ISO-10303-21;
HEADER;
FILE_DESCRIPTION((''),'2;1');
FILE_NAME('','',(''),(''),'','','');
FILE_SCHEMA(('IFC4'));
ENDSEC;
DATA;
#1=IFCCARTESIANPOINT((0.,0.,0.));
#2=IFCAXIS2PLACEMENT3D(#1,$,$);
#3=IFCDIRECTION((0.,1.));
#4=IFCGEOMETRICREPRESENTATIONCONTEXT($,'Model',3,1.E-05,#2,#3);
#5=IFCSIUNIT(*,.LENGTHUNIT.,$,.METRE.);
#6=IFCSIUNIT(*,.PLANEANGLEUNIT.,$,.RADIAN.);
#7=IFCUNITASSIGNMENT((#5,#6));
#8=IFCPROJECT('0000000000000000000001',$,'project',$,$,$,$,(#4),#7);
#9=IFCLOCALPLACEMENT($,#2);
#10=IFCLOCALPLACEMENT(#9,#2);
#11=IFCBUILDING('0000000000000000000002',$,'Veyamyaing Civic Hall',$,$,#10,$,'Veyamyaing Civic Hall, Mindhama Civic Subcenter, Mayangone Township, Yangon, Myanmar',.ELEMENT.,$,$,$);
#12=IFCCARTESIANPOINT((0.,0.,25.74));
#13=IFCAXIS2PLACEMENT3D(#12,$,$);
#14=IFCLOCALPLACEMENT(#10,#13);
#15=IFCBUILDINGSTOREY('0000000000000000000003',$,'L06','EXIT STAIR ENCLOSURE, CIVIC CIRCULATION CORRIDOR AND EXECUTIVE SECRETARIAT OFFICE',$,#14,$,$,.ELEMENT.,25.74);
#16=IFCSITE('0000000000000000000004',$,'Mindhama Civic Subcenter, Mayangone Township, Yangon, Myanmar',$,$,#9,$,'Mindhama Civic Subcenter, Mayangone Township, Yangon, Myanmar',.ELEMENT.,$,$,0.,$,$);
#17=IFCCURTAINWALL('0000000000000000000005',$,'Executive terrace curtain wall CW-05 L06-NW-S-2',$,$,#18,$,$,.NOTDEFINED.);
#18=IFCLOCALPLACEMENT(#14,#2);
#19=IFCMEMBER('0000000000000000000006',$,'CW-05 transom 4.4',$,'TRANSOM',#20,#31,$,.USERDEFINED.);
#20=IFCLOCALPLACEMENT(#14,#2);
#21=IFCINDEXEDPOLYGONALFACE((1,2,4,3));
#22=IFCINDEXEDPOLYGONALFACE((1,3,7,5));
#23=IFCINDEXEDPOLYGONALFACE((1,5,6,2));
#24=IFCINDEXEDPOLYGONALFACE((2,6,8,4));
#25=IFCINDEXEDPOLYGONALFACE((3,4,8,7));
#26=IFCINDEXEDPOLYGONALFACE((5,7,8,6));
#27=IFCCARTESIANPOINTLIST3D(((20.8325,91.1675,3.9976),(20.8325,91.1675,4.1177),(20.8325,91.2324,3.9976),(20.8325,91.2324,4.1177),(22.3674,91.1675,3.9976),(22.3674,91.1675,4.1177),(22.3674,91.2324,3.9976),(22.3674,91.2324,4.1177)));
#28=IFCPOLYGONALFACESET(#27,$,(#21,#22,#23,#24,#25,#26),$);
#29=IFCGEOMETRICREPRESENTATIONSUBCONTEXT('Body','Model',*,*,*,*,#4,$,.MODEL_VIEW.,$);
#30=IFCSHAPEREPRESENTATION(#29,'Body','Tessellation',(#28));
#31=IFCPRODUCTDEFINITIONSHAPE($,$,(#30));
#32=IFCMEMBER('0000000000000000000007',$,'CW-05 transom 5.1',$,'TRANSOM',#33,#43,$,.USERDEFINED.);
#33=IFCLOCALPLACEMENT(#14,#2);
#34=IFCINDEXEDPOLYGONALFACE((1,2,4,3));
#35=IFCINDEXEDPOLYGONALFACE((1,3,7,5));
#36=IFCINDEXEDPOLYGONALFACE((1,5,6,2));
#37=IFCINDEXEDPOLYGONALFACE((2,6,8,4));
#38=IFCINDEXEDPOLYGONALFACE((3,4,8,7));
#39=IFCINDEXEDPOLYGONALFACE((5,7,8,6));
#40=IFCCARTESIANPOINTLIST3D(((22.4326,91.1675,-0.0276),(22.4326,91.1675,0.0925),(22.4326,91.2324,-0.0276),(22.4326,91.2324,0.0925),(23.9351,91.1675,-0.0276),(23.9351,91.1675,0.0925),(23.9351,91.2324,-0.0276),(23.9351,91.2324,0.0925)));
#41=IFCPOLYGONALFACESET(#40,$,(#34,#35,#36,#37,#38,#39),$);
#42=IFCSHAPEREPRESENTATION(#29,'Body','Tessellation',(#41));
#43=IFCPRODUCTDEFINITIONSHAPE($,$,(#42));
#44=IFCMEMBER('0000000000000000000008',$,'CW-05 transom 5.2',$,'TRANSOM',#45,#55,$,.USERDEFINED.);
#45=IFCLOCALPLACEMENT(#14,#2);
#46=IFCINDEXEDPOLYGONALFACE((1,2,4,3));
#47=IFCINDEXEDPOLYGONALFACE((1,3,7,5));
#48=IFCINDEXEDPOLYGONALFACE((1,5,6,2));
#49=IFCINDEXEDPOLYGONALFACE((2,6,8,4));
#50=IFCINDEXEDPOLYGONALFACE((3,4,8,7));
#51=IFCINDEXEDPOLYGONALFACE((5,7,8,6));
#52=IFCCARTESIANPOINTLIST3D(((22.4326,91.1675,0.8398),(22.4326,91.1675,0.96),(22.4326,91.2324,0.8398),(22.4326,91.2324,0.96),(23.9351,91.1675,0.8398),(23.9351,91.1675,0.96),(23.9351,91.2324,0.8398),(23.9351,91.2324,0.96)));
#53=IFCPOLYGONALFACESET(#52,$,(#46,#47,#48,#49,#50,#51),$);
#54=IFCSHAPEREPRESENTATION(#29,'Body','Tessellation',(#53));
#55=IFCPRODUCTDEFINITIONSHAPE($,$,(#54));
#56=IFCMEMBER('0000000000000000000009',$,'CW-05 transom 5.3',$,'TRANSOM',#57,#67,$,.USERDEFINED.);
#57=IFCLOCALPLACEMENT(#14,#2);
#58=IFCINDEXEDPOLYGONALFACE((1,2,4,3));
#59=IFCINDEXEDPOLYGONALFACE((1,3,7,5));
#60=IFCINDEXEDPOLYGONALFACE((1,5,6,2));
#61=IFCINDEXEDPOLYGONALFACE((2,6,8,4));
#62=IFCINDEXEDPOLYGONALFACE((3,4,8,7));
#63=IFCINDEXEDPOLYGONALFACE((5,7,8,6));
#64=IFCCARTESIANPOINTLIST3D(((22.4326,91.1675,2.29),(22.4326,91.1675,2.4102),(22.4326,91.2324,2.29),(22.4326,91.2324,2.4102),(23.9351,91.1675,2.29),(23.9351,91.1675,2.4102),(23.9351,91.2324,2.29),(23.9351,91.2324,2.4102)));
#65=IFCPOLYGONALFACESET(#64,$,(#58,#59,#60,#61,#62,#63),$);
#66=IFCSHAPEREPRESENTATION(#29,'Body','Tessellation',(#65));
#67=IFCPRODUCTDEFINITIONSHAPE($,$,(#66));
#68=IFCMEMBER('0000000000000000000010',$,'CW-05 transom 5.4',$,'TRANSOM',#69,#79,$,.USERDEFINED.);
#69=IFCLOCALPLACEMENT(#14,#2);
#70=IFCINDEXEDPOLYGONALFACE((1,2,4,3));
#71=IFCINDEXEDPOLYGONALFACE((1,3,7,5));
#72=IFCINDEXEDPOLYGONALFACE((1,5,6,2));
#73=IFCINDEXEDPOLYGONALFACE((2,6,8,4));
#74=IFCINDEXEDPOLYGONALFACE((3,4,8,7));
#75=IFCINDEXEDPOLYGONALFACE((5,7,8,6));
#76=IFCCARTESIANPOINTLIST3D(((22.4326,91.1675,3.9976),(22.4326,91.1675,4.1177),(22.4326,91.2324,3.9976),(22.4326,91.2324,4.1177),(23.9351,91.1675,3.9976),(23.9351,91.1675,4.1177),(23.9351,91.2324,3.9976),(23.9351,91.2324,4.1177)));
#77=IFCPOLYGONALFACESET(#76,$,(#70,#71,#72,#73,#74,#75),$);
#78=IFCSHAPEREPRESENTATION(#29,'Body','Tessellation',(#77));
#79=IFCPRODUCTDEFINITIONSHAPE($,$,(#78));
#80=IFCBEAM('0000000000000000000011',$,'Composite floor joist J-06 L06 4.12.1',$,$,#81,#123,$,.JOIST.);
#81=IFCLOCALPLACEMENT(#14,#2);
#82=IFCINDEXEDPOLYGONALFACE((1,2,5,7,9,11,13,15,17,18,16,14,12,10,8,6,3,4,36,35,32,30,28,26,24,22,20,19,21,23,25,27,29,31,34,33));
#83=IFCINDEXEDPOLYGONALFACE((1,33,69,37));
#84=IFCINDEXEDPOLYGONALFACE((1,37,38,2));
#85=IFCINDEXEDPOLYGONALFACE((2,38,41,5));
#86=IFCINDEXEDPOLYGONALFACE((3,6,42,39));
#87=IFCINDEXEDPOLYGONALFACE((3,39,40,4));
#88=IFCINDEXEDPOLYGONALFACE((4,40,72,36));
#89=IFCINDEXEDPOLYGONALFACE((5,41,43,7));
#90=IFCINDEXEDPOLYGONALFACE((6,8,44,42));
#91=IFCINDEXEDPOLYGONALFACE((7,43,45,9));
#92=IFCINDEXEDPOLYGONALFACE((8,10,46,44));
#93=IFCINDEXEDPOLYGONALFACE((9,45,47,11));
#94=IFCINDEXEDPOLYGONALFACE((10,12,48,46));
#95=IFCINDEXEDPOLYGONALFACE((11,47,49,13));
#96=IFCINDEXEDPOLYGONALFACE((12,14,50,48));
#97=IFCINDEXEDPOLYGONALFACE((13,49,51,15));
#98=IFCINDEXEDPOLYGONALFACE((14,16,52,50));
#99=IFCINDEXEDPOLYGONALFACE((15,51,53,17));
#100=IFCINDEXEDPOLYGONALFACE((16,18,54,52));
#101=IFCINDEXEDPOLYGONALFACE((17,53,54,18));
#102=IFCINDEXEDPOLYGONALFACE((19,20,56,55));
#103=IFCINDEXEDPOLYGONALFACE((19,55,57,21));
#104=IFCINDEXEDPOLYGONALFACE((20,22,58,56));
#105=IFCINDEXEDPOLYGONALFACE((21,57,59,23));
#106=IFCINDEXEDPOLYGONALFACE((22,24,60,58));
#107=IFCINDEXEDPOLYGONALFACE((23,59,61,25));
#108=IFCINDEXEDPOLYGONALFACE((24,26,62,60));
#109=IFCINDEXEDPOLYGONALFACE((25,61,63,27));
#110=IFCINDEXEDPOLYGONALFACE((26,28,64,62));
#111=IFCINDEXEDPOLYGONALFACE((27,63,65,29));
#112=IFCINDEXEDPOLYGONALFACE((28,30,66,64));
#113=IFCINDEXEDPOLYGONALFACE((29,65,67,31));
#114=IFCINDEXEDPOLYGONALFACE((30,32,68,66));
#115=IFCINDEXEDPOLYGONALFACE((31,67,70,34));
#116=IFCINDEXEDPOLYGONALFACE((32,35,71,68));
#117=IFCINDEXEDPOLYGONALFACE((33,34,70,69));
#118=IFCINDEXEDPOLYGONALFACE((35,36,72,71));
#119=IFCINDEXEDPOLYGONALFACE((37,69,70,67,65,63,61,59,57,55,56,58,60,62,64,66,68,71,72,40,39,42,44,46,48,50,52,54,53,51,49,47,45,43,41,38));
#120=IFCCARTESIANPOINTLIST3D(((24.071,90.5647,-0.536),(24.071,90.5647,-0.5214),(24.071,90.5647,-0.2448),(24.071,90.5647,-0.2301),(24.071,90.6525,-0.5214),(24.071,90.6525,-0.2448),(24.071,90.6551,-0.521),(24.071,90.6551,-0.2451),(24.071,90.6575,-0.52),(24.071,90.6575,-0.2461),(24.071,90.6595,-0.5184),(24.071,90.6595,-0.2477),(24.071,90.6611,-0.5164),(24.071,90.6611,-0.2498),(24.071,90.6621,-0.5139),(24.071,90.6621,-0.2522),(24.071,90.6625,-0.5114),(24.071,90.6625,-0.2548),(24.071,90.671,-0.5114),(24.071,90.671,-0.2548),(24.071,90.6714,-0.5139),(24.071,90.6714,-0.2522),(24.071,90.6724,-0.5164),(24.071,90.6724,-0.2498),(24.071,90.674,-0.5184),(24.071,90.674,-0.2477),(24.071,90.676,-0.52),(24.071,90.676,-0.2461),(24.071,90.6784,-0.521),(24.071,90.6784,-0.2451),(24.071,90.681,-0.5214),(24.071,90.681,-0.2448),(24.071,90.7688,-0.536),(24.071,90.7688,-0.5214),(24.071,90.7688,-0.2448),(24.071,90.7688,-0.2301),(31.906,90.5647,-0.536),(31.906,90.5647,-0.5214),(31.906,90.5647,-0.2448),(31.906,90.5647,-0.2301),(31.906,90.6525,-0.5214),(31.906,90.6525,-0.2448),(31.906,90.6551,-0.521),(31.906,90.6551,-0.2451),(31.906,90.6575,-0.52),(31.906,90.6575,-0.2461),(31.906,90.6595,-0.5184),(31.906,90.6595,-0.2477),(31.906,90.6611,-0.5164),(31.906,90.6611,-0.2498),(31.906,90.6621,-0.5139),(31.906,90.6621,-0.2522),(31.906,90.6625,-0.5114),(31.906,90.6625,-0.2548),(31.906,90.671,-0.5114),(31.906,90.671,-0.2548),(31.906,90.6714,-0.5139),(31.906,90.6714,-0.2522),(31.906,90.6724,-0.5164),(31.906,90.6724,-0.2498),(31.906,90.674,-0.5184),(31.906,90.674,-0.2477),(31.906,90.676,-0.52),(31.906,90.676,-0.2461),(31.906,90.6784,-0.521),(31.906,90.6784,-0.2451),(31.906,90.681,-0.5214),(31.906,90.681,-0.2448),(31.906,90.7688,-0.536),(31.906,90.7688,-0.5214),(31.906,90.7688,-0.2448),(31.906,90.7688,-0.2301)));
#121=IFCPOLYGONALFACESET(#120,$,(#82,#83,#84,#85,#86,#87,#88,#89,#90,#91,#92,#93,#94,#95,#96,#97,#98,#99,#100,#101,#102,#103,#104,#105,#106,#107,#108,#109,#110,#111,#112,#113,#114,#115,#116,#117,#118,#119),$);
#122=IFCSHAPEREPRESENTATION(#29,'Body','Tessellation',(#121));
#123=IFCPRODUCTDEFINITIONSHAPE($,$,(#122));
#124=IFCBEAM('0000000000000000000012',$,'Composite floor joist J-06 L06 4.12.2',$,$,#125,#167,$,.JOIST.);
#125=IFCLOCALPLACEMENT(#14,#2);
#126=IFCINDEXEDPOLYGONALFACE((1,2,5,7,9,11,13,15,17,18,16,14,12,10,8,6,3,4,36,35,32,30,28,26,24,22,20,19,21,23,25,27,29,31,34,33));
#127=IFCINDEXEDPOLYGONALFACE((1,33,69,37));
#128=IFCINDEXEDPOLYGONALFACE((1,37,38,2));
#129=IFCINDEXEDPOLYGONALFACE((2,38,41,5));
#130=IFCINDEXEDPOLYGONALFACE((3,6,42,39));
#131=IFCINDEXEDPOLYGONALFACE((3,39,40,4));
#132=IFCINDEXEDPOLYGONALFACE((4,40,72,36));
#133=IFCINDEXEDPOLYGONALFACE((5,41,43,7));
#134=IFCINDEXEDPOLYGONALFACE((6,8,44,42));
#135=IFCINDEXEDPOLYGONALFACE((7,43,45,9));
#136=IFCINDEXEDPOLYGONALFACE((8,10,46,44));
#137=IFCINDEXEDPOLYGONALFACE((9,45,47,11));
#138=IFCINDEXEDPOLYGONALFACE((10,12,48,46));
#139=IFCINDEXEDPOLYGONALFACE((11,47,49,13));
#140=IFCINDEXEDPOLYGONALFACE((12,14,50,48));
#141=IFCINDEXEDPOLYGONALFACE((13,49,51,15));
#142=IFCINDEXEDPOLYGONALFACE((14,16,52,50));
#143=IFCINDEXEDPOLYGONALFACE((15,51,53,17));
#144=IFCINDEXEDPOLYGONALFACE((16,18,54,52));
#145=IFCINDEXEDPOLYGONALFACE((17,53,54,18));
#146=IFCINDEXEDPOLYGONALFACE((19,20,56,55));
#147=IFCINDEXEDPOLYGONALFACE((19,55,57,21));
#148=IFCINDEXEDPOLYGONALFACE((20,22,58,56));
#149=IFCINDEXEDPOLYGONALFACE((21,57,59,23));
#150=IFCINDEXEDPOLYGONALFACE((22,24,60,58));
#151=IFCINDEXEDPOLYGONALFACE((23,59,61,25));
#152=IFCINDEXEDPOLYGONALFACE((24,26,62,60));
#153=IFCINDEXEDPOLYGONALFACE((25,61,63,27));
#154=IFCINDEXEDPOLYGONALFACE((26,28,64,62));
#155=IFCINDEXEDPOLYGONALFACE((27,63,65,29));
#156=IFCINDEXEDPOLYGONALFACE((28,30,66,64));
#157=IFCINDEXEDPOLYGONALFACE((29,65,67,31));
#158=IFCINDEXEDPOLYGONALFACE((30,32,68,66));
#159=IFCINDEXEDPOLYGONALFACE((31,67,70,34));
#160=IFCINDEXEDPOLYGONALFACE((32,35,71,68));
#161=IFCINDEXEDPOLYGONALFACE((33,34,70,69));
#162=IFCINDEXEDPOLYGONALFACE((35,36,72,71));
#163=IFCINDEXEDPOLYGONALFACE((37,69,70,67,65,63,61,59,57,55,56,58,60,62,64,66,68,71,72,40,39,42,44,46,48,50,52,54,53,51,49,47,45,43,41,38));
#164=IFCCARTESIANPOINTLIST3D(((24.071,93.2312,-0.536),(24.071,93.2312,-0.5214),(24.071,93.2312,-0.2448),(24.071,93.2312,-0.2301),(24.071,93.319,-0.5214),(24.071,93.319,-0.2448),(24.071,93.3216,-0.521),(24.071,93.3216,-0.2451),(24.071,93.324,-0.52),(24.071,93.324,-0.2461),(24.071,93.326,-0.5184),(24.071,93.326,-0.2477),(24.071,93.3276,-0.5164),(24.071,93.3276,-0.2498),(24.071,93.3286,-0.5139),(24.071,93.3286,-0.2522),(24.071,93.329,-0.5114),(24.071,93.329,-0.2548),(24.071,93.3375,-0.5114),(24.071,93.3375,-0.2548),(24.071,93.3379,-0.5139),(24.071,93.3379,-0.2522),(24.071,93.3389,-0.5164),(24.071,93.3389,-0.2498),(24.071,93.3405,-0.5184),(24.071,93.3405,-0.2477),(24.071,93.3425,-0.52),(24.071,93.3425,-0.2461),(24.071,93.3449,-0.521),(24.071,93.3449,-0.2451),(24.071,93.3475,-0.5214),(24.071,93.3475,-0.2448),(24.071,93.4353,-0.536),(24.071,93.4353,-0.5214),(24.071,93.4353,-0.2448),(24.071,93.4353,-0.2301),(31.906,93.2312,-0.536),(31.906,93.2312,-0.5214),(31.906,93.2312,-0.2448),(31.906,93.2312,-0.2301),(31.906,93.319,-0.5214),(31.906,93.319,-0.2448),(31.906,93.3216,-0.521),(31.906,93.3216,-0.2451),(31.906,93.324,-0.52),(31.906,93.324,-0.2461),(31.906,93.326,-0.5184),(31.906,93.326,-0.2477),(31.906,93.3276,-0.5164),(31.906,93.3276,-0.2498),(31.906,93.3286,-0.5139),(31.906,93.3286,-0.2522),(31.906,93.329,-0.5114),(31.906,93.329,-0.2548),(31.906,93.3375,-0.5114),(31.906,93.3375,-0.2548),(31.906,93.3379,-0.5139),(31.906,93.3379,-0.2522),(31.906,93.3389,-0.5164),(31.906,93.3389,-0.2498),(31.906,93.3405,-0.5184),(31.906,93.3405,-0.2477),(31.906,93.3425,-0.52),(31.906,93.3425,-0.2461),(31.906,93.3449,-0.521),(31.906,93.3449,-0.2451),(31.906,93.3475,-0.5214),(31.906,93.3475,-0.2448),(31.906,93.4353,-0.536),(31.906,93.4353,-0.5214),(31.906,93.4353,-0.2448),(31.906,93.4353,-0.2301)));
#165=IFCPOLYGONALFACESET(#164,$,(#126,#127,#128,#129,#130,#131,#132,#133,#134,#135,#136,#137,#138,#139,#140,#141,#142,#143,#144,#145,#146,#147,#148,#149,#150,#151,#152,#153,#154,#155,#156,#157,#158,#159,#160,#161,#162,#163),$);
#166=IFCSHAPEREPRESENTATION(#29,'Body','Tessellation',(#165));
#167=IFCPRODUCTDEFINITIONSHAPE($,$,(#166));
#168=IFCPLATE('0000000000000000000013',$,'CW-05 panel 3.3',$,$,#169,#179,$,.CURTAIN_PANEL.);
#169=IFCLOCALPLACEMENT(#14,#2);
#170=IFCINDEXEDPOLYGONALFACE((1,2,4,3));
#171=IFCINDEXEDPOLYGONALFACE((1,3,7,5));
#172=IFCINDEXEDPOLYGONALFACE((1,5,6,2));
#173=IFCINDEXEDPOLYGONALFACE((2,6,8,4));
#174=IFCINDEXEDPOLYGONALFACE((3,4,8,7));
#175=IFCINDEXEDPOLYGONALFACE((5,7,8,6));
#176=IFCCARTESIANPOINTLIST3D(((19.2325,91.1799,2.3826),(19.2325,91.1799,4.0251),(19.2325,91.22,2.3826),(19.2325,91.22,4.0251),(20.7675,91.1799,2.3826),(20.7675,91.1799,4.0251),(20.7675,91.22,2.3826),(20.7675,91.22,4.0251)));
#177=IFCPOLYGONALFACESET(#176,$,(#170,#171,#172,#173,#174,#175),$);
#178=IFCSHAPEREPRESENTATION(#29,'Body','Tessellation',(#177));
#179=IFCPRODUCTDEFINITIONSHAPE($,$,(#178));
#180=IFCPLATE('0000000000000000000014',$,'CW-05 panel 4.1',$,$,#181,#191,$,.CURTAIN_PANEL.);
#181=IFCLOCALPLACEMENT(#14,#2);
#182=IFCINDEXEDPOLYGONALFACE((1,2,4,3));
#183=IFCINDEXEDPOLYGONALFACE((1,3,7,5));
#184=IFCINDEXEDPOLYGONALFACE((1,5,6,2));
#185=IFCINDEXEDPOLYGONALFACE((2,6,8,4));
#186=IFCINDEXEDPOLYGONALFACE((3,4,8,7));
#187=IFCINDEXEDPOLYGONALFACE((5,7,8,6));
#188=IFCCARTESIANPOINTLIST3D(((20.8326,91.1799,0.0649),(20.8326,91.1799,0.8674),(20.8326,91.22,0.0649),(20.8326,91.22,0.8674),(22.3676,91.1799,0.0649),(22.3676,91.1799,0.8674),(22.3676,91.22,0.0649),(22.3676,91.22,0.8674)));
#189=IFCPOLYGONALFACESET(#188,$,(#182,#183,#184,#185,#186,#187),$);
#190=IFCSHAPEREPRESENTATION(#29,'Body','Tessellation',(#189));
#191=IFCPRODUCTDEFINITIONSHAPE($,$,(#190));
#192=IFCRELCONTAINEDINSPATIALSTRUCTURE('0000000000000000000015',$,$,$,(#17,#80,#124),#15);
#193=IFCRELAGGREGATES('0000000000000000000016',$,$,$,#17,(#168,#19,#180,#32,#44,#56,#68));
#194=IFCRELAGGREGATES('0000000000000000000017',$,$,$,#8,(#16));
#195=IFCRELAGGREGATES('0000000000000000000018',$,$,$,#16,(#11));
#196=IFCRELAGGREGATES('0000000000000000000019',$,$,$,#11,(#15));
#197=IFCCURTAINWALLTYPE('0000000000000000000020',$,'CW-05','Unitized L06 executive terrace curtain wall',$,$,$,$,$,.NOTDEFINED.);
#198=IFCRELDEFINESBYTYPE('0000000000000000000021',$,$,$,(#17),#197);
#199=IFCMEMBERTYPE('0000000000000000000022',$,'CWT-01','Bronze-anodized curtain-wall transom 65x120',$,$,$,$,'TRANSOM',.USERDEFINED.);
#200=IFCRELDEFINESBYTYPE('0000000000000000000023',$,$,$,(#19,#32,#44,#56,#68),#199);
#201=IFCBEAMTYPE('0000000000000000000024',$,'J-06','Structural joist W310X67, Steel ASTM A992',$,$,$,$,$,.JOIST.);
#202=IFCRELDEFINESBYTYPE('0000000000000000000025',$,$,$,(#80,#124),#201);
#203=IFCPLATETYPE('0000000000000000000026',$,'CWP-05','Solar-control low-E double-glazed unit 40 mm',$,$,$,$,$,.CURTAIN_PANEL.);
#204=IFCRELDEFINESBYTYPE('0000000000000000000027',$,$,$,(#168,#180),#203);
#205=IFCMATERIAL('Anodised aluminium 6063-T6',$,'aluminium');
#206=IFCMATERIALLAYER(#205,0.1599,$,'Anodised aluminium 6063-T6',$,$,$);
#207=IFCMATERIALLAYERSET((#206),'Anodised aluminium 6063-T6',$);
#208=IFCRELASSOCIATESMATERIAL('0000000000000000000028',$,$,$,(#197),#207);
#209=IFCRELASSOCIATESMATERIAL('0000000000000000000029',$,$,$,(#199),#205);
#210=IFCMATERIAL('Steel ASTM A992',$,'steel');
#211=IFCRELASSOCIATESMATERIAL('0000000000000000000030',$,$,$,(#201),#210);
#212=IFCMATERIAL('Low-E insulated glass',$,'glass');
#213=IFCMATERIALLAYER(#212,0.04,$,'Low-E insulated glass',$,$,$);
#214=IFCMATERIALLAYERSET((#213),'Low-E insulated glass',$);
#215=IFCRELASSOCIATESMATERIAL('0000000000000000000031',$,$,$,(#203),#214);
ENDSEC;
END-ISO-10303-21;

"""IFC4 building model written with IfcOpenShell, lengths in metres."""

from ifc_helpers import new_model, si_unit, direction, frame, origin, origin_2d, place, context, subcontext, project, spatial, rectangle, i_section, extrude, material, layer, layer_set, material_profile, profile_set, type_object, element, aggregate, save


model = new_model("IFC4")

# Units and contexts
model_context = context("Model", 3, precision=1e-05, world=origin(), true_north=direction((0.0, 1.0)))
body_context = subcontext(model_context, "Body", "Model", "MODEL_VIEW")
ifc_project = project(units=[si_unit("LENGTHUNIT", "METRE"), si_unit("PLANEANGLEUNIT", "RADIAN")], contexts=[model_context])

# Site, building, storey
site_placement = place(None, origin())
site = spatial("IfcSite", under=ifc_project, at=site_placement, Name="Mindhama Civic Subcenter, Mayangone Township, Yangon, Myanmar", LongName="Mindhama Civic Subcenter, Mayangone Township, Yangon, Myanmar", CompositionType="ELEMENT", RefElevation=0.0)
building_placement = place(site_placement, origin())
building = spatial("IfcBuilding", under=site, at=building_placement, Name="Veyamyaing Civic Hall", LongName="Veyamyaing Civic Hall, Mindhama Civic Subcenter, Mayangone Township, Yangon, Myanmar", CompositionType="ELEMENT")
storey_placement = place(building_placement, frame((0.0, 0.0, 25.74)))
storey = spatial("IfcBuildingStorey", under=building, at=storey_placement, Name="L06", Description="EXIT STAIR ENCLOSURE, CIVIC CIRCULATION CORRIDOR AND EXECUTIVE SECRETARIAT OFFICE", CompositionType="ELEMENT", Elevation=25.74)

# Shared definitions
ifc_material_1 = material(Name="Steel ASTM A992", Category="steel")

# Curtain wall, members
ifc_material_2 = material(Name="Anodised aluminium 6063-T6", Category="aluminium")
ifc_layer_1 = layer(ifc_material_2, 0.1599, Name="Anodised aluminium 6063-T6")
ifc_layer_set_1 = layer_set([ifc_layer_1], Name="Anodised aluminium 6063-T6")
curtain_wall_type = type_object("IfcCurtainWallType", Name="CW-05", Description="Unitized L06 executive terrace curtain wall", PredefinedType="NOTDEFINED", material=ifc_layer_set_1)
curtain_wall_placement = place(storey_placement, origin())
curtain_wall = element("IfcCurtainWall", 1, at=curtain_wall_placement, inside=storey, type_object=curtain_wall_type, Name="Executive terrace curtain wall CW-05 L06-NW-S-2", PredefinedType="NOTDEFINED")
ifc_material_profile_1 = material_profile(ifc_material_2, rectangle(XDim=0.0649, YDim=0.1201, at=origin_2d()), Name="ALU-TRN-65X120")
ifc_profile_set_1 = profile_set([ifc_material_profile_1], Name="Anodised aluminium 6063-T6")
member_type_1 = type_object("IfcMemberType", Name="CWT-01", Description="Bronze-anodized curtain-wall transom 65x120", ElementType="TRANSOM", PredefinedType="USERDEFINED", material=ifc_profile_set_1)
member_1_placement = place(storey_placement, frame((20.8325, 91.2, 4.0576), z_axis=(1.0, 0.0, 0.0), x_axis=(0.0, 1.0, 0.0)))
member_1 = element("IfcMember", 2, at=member_1_placement, type_object=member_type_1, Name="CW-05 transom 4.4", ObjectType="TRANSOM", PredefinedType="USERDEFINED", context=body_context, shape_type="SweptSolid", body=[
    extrude(rectangle(XDim=0.0649, YDim=0.1201, at=origin_2d()), origin(), (0.0, 0.0, 1.0), 1.5349),
])
member_2_placement = place(storey_placement, frame((22.4326, 91.2, 0.0325), z_axis=(1.0, 0.0, 0.0), x_axis=(0.0, 1.0, 0.0)))
member_2 = element("IfcMember", 3, at=member_2_placement, type_object=member_type_1, Name="CW-05 transom 5.1", ObjectType="TRANSOM", PredefinedType="USERDEFINED", context=body_context, shape_type="SweptSolid", body=[
    extrude(rectangle(XDim=0.0649, YDim=0.1201, at=origin_2d()), origin(), (0.0, 0.0, 1.0), 1.5024),
])
member_3_placement = place(storey_placement, frame((22.4326, 91.2, 0.8999), z_axis=(1.0, 0.0, 0.0), x_axis=(0.0, 1.0, 0.0)))
member_3 = element("IfcMember", 4, at=member_3_placement, type_object=member_type_1, Name="CW-05 transom 5.2", ObjectType="TRANSOM", PredefinedType="USERDEFINED", context=body_context, shape_type="SweptSolid", body=[
    extrude(rectangle(XDim=0.0649, YDim=0.1201, at=origin_2d()), origin(), (0.0, 0.0, 1.0), 1.5024),
])
member_4_placement = place(storey_placement, frame((22.4326, 91.2, 2.3501), z_axis=(1.0, 0.0, 0.0), x_axis=(0.0, 1.0, 0.0)))
member_4 = element("IfcMember", 5, at=member_4_placement, type_object=member_type_1, Name="CW-05 transom 5.3", ObjectType="TRANSOM", PredefinedType="USERDEFINED", context=body_context, shape_type="SweptSolid", body=[
    extrude(rectangle(XDim=0.0649, YDim=0.1201, at=origin_2d()), origin(), (0.0, 0.0, 1.0), 1.5024),
])
member_5_placement = place(storey_placement, frame((22.4326, 91.2, 4.0576), z_axis=(1.0, 0.0, 0.0), x_axis=(0.0, 1.0, 0.0)))
member_5 = element("IfcMember", 6, at=member_5_placement, type_object=member_type_1, Name="CW-05 transom 5.4", ObjectType="TRANSOM", PredefinedType="USERDEFINED", context=body_context, shape_type="SweptSolid", body=[
    extrude(rectangle(XDim=0.0649, YDim=0.1201, at=origin_2d()), origin(), (0.0, 0.0, 1.0), 1.5024),
])

# Beams
ifc_material_profile_2 = material_profile(ifc_material_1, i_section(OverallWidth=0.2041, OverallDepth=0.3059, WebThickness=0.0085, FlangeThickness=0.0146, FilletRadius=0.01, at=origin_2d()), Name="W310X67")
ifc_profile_set_2 = profile_set([ifc_material_profile_2], Name="Steel ASTM A992")
beam_type_1 = type_object("IfcBeamType", Name="J-06", Description="Structural joist W310X67, Steel ASTM A992", PredefinedType="JOIST", material=ifc_profile_set_2)
for number, where, z_axis, x_axis, name in (
    (7, (24.071, 90.6667, -0.3831), (1.0, 0.0, 0.0), (0.0, 1.0, 0.0), "Composite floor joist J-06 L06 4.12.1"),
    (8, (24.071, 93.3333, -0.3831), (1.0, 0.0, 0.0), (0.0, 1.0, 0.0), "Composite floor joist J-06 L06 4.12.2"),
):
    element("IfcBeam", number, at=place(storey_placement, frame(where, z_axis=z_axis, x_axis=x_axis)), inside=storey, type_object=beam_type_1, Name=name, PredefinedType="JOIST", context=body_context, shape_type="SweptSolid", body=[
        extrude(i_section(OverallWidth=0.2041, OverallDepth=0.3059, WebThickness=0.0085, FlangeThickness=0.0146, FilletRadius=0.01, at=origin_2d()), origin(), (0.0, 0.0, 1.0), 7.835),
    ])

# Plates
ifc_material_3 = material(Name="Low-E insulated glass", Category="glass")
ifc_layer_2 = layer(ifc_material_3, 0.04, Name="Low-E insulated glass")
ifc_layer_set_2 = layer_set([ifc_layer_2], Name="Low-E insulated glass")
plate_type = type_object("IfcPlateType", Name="CWP-05", Description="Solar-control low-E double-glazed unit 40 mm", PredefinedType="CURTAIN_PANEL", material=ifc_layer_set_2)
plate_1_placement = place(storey_placement, frame((20.0, 91.2, 2.3826), z_axis=(0.0, 0.0, 1.0), x_axis=(1.0, 0.0, 0.0)))
plate_1 = element("IfcPlate", 9, at=plate_1_placement, type_object=plate_type, Name="CW-05 panel 3.3", PredefinedType="CURTAIN_PANEL", context=body_context, shape_type="SweptSolid", body=[
    extrude(rectangle(XDim=1.5349, YDim=0.04, at=origin_2d()), origin(), (0.0, 0.0, 1.0), 1.6426),
])
plate_2_placement = place(storey_placement, frame((21.6001, 91.2, 0.0649), z_axis=(0.0, 0.0, 1.0), x_axis=(1.0, 0.0, 0.0)))
plate_2 = element("IfcPlate", 10, at=plate_2_placement, type_object=plate_type, Name="CW-05 panel 4.1", PredefinedType="CURTAIN_PANEL", context=body_context, shape_type="SweptSolid", body=[
    extrude(rectangle(XDim=1.5349, YDim=0.04, at=origin_2d()), origin(), (0.0, 0.0, 1.0), 0.8025),
])
aggregate(curtain_wall, [plate_1, member_1, plate_2, member_2, member_3, member_4, member_5])

save(model, "model.ifc")
